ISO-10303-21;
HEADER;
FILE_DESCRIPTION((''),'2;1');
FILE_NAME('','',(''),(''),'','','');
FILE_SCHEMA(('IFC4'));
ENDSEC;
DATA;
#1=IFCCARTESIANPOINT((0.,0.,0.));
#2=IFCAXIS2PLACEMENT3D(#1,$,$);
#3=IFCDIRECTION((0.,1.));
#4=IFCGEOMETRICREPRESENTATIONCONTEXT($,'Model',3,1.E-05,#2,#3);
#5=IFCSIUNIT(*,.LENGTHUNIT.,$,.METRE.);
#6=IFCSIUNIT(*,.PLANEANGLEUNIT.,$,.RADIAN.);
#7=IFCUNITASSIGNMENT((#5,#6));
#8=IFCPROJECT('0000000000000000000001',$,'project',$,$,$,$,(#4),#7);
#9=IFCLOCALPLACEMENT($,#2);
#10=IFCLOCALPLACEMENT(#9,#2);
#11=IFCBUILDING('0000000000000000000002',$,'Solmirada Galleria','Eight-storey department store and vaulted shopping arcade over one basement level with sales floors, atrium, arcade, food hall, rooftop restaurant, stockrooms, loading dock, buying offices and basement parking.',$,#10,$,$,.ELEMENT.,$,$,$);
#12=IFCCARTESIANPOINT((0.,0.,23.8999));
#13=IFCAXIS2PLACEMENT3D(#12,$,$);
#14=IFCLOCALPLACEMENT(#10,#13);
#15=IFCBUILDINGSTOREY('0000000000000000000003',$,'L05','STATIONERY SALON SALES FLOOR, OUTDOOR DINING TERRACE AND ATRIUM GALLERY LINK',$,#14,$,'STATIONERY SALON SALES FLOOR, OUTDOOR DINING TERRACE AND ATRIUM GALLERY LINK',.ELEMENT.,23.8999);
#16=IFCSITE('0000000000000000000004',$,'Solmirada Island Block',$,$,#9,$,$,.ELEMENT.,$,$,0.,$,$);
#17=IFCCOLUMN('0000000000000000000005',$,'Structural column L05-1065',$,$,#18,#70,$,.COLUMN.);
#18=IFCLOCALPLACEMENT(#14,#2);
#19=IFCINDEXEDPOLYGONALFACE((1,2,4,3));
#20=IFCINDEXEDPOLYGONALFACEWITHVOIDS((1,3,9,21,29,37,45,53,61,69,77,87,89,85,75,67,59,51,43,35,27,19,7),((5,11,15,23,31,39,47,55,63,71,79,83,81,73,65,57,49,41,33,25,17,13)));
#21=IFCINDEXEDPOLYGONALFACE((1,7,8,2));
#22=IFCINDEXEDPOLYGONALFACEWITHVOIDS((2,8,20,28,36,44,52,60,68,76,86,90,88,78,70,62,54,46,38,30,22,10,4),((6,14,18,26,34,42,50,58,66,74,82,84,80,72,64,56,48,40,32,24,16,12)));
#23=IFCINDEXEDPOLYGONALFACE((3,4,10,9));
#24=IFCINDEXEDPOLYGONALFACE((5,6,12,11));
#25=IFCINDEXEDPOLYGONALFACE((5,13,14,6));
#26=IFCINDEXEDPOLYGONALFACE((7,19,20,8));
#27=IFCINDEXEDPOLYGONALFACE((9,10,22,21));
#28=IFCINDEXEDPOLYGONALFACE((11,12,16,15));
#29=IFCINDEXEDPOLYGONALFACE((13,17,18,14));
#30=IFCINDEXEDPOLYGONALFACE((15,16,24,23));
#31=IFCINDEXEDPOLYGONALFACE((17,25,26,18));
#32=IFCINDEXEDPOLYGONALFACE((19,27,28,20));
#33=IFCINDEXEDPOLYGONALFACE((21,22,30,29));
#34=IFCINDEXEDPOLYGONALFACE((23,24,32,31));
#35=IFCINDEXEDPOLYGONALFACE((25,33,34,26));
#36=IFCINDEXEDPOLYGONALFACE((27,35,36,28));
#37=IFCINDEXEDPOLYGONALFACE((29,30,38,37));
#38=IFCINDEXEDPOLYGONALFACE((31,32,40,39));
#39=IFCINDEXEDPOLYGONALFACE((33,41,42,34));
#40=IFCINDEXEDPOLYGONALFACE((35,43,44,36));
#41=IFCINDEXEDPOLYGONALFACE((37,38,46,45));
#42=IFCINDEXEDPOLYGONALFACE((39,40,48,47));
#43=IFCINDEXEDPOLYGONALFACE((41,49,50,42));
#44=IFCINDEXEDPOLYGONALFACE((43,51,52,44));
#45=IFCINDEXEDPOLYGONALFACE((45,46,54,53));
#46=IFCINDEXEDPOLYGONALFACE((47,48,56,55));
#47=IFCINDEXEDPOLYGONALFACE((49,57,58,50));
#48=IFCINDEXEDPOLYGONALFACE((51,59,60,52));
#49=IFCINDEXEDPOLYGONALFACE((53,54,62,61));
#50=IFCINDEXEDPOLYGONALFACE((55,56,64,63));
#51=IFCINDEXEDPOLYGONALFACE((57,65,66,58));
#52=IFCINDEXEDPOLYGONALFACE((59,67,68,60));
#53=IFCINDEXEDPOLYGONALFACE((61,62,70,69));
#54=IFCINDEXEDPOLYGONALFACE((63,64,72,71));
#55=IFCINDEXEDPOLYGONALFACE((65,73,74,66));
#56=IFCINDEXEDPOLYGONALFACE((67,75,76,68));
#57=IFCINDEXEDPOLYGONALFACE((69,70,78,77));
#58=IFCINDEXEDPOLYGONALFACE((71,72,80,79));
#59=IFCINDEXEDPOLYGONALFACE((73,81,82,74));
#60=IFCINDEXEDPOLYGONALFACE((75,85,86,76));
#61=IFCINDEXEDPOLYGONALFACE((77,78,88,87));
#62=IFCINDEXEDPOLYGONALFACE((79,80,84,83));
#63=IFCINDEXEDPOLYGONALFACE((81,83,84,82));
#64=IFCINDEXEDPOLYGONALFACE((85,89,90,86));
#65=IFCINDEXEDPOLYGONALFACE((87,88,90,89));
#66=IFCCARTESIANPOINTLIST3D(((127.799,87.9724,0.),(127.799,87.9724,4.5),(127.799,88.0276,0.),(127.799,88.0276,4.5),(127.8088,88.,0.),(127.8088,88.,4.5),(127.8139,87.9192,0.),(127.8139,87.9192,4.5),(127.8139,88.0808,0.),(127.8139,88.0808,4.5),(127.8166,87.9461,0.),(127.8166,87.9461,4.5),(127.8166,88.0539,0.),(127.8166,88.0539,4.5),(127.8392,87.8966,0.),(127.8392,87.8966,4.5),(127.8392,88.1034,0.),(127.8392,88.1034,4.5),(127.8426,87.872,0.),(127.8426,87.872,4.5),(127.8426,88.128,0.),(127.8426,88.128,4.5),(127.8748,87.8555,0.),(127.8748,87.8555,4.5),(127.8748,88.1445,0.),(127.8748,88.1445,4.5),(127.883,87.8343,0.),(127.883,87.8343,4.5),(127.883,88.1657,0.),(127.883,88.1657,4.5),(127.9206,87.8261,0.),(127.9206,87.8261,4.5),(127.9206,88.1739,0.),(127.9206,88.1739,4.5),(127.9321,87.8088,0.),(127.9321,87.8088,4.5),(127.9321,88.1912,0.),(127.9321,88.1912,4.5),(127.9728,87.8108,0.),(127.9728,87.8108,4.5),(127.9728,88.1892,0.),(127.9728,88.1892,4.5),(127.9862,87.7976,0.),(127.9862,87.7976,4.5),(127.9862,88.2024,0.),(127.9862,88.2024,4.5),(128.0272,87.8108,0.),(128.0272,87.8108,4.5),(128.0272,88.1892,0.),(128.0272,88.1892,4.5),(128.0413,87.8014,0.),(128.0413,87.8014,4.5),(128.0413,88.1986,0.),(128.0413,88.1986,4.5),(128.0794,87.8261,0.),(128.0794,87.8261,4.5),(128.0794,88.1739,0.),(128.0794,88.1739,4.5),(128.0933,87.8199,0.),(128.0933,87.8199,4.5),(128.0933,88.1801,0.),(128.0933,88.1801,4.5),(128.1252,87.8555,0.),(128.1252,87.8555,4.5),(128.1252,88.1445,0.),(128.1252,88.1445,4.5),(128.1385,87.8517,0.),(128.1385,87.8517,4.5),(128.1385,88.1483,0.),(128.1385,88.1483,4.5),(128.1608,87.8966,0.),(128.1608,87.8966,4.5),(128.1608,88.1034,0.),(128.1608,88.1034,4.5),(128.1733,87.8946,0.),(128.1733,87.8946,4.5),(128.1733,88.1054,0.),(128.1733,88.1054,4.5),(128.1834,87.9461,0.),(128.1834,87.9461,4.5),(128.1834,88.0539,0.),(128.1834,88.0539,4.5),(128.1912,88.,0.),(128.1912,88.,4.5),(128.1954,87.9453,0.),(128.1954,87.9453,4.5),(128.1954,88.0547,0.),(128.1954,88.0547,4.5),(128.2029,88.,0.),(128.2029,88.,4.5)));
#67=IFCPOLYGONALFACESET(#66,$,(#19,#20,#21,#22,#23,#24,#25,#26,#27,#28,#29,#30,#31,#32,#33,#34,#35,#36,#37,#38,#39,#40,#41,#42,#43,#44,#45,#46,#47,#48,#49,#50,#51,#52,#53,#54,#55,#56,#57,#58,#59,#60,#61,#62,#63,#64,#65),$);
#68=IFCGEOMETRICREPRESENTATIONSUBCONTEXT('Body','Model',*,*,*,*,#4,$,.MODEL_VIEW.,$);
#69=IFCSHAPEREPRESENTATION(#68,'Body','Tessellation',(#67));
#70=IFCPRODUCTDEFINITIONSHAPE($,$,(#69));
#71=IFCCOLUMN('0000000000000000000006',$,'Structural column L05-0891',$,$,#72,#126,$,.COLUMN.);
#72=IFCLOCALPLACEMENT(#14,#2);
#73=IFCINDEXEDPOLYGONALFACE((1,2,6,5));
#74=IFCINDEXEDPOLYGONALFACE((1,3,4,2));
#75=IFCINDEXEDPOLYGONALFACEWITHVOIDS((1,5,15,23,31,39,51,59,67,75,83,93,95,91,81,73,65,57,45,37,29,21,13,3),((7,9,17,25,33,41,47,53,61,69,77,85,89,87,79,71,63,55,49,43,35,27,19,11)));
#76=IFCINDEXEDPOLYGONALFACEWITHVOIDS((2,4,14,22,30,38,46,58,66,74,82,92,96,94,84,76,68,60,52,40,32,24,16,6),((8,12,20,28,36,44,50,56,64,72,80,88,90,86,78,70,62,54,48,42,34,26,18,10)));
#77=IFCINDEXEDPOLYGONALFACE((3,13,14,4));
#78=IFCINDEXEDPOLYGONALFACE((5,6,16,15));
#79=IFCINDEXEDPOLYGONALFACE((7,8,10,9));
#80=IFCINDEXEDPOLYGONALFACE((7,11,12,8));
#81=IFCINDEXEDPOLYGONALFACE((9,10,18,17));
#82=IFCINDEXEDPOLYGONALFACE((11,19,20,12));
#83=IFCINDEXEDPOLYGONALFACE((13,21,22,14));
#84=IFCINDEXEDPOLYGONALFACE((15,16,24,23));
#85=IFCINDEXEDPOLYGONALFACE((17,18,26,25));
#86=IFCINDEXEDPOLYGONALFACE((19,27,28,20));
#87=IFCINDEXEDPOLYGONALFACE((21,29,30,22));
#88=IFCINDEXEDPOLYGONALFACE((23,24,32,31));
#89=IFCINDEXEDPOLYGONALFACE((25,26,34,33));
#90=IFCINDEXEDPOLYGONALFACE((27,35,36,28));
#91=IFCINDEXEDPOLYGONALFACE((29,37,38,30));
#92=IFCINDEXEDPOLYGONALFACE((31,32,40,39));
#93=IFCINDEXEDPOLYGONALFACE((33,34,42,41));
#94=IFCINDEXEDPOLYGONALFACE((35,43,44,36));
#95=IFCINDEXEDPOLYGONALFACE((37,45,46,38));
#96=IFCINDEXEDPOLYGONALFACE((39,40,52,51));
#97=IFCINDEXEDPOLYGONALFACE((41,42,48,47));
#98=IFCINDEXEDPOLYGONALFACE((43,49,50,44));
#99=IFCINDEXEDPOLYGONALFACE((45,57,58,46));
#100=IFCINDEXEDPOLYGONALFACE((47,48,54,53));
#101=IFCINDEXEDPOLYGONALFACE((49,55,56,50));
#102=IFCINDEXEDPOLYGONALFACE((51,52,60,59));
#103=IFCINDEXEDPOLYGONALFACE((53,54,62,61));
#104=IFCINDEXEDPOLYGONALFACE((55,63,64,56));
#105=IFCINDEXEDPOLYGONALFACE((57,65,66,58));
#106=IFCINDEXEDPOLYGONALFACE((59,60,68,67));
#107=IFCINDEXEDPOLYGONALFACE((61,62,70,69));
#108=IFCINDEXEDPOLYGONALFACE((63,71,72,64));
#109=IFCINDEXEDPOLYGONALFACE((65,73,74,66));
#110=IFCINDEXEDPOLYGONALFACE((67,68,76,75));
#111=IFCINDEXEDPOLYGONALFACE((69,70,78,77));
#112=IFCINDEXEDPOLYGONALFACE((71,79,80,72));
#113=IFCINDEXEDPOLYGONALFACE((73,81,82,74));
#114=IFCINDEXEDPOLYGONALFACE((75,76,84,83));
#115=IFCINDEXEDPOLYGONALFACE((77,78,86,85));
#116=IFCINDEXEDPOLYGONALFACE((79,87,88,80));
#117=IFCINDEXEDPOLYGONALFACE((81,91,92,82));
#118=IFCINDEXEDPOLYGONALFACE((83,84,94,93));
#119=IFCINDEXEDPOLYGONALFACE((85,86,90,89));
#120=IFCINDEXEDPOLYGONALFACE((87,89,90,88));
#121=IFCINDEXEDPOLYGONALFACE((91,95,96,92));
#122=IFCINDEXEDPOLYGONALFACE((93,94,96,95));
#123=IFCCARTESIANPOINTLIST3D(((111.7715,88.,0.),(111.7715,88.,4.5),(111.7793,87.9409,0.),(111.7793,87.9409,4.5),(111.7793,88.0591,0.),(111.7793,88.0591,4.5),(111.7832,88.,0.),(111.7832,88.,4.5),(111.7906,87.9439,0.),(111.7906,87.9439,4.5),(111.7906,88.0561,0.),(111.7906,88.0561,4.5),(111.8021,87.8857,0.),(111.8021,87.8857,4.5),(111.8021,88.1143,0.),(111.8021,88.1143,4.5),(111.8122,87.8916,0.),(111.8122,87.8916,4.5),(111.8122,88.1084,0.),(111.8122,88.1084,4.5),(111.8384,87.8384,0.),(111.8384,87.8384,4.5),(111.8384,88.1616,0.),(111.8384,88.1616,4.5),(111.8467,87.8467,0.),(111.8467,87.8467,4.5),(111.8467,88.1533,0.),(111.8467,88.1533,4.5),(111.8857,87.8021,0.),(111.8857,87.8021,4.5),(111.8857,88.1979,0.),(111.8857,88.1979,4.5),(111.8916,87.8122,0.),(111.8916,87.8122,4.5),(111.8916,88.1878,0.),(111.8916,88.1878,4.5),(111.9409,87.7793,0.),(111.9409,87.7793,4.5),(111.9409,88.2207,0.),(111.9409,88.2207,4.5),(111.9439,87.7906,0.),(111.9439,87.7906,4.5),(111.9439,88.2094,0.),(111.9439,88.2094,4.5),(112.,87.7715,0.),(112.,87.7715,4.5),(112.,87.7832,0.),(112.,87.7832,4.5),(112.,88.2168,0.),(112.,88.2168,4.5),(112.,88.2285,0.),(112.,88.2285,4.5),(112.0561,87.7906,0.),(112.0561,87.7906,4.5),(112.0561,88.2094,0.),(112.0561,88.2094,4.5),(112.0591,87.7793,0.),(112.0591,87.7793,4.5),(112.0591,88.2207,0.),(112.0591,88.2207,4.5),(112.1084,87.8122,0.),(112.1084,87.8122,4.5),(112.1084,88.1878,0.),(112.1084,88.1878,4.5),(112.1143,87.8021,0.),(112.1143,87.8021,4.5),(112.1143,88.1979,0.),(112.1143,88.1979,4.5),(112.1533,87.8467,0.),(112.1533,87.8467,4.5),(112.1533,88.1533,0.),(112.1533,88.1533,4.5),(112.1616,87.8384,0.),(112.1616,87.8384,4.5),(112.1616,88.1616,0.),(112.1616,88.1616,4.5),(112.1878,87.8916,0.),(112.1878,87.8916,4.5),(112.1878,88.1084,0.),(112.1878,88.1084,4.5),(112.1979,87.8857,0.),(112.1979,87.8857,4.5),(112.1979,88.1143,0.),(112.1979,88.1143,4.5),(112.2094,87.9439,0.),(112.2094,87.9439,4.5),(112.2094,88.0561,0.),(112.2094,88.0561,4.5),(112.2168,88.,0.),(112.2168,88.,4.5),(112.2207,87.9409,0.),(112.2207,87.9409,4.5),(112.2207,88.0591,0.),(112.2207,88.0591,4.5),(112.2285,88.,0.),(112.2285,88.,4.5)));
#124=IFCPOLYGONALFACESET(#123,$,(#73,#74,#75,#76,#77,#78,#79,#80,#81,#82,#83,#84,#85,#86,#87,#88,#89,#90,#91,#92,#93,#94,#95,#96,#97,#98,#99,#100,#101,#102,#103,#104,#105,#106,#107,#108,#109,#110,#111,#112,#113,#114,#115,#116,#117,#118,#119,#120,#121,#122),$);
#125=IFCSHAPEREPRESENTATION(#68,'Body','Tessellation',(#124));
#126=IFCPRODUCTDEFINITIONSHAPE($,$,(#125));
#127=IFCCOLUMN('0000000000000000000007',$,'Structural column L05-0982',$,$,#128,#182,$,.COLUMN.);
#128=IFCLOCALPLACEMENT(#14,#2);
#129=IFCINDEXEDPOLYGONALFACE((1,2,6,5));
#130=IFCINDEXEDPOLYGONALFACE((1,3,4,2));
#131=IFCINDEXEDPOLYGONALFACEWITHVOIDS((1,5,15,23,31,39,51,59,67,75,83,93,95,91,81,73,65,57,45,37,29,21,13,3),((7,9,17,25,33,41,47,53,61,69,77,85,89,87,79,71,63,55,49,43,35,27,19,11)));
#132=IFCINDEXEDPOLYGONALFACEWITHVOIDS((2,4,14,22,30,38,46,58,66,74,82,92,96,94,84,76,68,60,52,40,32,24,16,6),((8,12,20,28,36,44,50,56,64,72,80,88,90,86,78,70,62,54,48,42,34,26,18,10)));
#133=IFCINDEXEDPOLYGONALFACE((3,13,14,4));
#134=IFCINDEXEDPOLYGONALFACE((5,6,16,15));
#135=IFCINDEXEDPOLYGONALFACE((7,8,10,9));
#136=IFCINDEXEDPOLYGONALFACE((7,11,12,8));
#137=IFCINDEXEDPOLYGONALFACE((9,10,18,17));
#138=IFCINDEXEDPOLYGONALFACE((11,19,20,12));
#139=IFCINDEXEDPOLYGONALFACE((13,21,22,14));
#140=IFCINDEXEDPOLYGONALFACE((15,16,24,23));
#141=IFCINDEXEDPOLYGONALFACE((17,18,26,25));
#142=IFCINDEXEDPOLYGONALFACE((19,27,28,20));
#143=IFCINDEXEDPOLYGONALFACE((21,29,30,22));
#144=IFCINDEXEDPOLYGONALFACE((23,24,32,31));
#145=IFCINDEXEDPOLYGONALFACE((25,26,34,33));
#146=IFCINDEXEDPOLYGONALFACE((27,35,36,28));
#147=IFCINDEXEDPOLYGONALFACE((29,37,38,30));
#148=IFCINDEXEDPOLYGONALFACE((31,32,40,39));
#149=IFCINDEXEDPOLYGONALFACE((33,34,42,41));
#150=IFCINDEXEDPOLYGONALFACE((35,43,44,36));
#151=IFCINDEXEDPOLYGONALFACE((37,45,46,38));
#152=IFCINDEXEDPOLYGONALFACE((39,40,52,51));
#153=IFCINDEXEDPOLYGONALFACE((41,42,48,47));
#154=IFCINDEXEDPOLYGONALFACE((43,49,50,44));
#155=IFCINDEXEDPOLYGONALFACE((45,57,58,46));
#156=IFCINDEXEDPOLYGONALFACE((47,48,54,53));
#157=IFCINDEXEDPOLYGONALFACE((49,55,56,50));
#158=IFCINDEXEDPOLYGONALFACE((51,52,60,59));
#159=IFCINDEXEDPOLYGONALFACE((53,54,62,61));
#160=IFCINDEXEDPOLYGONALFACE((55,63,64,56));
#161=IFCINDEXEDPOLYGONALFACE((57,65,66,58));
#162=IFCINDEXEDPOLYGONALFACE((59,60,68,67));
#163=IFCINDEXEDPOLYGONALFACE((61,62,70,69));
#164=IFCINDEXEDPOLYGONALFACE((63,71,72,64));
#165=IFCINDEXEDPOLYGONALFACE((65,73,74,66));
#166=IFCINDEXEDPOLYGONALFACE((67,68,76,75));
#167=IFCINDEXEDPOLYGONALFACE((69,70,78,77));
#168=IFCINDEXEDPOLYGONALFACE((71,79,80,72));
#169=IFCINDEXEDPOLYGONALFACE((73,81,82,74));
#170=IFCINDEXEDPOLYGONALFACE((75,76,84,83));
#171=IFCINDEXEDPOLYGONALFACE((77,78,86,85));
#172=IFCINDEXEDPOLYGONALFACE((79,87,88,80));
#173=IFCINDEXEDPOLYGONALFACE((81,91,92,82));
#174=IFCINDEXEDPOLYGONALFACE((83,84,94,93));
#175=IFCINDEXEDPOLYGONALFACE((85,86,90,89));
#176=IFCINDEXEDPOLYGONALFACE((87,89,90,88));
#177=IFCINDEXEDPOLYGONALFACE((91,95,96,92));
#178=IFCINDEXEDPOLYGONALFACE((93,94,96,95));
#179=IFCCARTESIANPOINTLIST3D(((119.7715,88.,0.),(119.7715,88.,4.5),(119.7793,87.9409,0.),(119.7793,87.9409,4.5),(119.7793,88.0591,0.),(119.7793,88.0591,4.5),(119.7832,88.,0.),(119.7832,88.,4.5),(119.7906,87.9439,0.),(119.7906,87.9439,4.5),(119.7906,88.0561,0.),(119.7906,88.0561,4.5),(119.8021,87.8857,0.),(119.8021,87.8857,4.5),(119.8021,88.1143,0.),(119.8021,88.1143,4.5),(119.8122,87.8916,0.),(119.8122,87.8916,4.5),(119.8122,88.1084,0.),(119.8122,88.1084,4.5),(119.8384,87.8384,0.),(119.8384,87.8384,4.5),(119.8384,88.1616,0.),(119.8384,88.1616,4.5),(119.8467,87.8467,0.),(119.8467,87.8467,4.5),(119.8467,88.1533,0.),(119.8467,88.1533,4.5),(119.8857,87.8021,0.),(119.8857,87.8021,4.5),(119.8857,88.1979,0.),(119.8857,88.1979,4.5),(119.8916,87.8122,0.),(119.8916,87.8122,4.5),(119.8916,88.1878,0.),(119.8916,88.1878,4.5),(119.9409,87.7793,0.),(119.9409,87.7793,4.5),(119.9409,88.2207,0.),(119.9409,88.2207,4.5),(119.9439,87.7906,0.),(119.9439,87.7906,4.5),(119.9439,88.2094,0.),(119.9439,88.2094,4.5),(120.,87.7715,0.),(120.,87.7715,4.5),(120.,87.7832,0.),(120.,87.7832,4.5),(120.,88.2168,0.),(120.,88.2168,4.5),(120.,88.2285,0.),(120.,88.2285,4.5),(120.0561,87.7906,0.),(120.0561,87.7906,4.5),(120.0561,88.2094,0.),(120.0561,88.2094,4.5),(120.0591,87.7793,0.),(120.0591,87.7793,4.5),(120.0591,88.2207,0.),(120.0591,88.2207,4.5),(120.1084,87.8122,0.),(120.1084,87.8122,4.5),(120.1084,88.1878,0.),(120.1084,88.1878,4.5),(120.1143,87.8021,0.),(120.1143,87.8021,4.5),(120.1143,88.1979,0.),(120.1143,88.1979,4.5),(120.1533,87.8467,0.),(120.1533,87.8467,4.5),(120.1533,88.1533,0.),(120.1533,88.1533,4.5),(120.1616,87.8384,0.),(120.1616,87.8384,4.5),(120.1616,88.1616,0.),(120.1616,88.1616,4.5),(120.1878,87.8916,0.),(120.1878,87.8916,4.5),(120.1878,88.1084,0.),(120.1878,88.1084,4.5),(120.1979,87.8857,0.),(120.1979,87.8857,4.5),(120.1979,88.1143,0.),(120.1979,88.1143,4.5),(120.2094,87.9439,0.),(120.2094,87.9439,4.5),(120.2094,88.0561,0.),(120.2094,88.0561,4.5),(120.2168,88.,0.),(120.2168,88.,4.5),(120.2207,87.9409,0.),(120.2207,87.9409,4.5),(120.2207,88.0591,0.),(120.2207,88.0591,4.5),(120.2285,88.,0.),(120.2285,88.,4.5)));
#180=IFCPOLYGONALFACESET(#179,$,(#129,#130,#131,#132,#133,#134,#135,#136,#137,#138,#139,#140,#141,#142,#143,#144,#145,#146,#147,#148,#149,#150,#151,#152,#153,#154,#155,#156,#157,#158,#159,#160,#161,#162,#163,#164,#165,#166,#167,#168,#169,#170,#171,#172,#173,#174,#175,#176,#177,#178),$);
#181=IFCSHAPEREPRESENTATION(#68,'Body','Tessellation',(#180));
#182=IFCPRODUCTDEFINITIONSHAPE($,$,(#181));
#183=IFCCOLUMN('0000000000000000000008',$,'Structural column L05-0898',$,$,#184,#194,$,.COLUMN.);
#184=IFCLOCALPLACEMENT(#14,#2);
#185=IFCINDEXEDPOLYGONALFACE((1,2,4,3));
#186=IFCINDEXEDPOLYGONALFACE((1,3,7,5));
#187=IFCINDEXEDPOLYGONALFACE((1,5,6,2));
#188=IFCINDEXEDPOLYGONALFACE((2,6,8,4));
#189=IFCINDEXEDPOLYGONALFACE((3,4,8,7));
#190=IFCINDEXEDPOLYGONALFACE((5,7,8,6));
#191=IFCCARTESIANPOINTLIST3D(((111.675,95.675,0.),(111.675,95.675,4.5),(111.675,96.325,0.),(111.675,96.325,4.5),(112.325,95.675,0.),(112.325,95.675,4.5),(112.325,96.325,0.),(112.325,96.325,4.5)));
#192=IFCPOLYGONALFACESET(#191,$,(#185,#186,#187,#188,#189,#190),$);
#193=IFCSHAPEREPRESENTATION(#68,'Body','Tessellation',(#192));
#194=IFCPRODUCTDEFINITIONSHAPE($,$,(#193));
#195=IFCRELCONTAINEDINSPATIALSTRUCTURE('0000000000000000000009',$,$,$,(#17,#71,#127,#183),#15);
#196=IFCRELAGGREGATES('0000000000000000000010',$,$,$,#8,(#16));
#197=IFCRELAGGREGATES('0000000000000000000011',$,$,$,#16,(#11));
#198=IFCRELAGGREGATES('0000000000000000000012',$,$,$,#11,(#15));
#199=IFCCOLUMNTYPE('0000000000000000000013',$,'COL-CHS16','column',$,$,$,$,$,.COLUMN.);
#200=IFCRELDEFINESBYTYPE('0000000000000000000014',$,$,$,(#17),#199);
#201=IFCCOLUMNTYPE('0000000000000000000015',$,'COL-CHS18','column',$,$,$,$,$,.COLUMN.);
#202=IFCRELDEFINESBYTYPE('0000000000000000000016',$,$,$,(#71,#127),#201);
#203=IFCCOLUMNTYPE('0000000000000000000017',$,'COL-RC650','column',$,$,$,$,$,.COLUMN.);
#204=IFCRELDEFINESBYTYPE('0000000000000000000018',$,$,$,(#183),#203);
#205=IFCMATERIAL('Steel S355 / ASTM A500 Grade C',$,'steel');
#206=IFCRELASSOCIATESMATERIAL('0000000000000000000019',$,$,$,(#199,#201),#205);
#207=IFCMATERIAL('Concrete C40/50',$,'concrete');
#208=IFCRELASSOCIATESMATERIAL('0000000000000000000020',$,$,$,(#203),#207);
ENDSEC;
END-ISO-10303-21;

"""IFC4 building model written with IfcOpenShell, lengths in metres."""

from ifc_helpers import new_model, si_unit, direction, frame, origin, origin_2d, place, context, subcontext, project, spatial, rectangle, hollow_circle, extrude, material, material_profile, profile_set, type_object, element, save


model = new_model("IFC4")

# Units and contexts
model_context = context("Model", 3, precision=1e-05, world=origin(), true_north=direction((0.0, 1.0)))
body_context = subcontext(model_context, "Body", "Model", "MODEL_VIEW")
ifc_project = project(units=[si_unit("LENGTHUNIT", "METRE"), si_unit("PLANEANGLEUNIT", "RADIAN")], contexts=[model_context])

# Site, building, storey
site_placement = place(None, origin())
site = spatial("IfcSite", under=ifc_project, at=site_placement, Name="Solmirada Island Block", CompositionType="ELEMENT", RefElevation=0.0)
building_placement = place(site_placement, origin())
building = spatial("IfcBuilding", under=site, at=building_placement, Name="Solmirada Galleria", Description="Eight-storey department store and vaulted shopping arcade over one basement level with sales floors, atrium, arcade, food hall, rooftop restaurant, stockrooms, loading dock, buying offices and basement parking.", CompositionType="ELEMENT")
storey_placement = place(building_placement, frame((0.0, 0.0, 23.8999)))
storey = spatial("IfcBuildingStorey", under=building, at=storey_placement, Name="L05", Description="STATIONERY SALON SALES FLOOR, OUTDOOR DINING TERRACE AND ATRIUM GALLERY LINK", LongName="STATIONERY SALON SALES FLOOR, OUTDOOR DINING TERRACE AND ATRIUM GALLERY LINK", CompositionType="ELEMENT", Elevation=23.8999)

# Columns
ifc_material_1 = material(Name="Steel S355 / ASTM A500 Grade C", Category="steel")
ifc_material_profile_1 = material_profile(ifc_material_1, hollow_circle(Radius=0.2029, WallThickness=0.0117, at=origin_2d()), Name="HSS16.000X0.500")
ifc_profile_set_1 = profile_set([ifc_material_profile_1], Name="Steel S355 / ASTM A500 Grade C")
column_type_1 = type_object("IfcColumnType", Name="COL-CHS16", Description="column", PredefinedType="COLUMN", material=ifc_profile_set_1)
column_1_placement = place(storey_placement, frame((128.0, 88.0, 0.0), z_axis=(0.0, 0.0, 1.0), x_axis=(1.0, 0.0, 0.0)))
element("IfcColumn", 1, at=column_1_placement, inside=storey, type_object=column_type_1, Name="Structural column L05-1065", PredefinedType="COLUMN", context=body_context, shape_type="SweptSolid", body=[
    extrude(hollow_circle(Radius=0.2029, WallThickness=0.0117, at=origin_2d()), origin(), (0.0, 0.0, 1.0), 4.5),
])
ifc_material_profile_2 = material_profile(ifc_material_1, hollow_circle(Radius=0.2285, WallThickness=0.0117, at=origin_2d()), Name="HSS18.000X0.500")
ifc_profile_set_2 = profile_set([ifc_material_profile_2], Name="Steel S355 / ASTM A500 Grade C")
column_type_2 = type_object("IfcColumnType", Name="COL-CHS18", Description="column", PredefinedType="COLUMN", material=ifc_profile_set_2)
for number, where, z_axis, x_axis, name in (
    (2, (112.0, 88.0, 0.0), (0.0, 0.0, 1.0), (1.0, 0.0, 0.0), "Structural column L05-0891"),
    (3, (120.0, 88.0, 0.0), (0.0, 0.0, 1.0), (1.0, 0.0, 0.0), "Structural column L05-0982"),
):
    element("IfcColumn", number, at=place(storey_placement, frame(where, z_axis=z_axis, x_axis=x_axis)), inside=storey, type_object=column_type_2, Name=name, PredefinedType="COLUMN", context=body_context, shape_type="SweptSolid", body=[
        extrude(hollow_circle(Radius=0.2285, WallThickness=0.0117, at=origin_2d()), origin(), (0.0, 0.0, 1.0), 4.5),
    ])
ifc_material_2 = material(Name="Concrete C40/50", Category="concrete")
ifc_material_profile_3 = material_profile(ifc_material_2, rectangle(XDim=0.6499, YDim=0.6499, at=origin_2d()), Name="RC650X650")
ifc_profile_set_3 = profile_set([ifc_material_profile_3], Name="Concrete C40/50")
column_type_3 = type_object("IfcColumnType", Name="COL-RC650", Description="column", PredefinedType="COLUMN", material=ifc_profile_set_3)
column_2_placement = place(storey_placement, frame((112.0, 96.0, 0.0), z_axis=(0.0, 0.0, 1.0), x_axis=(1.0, 0.0, 0.0)))
element("IfcColumn", 4, at=column_2_placement, inside=storey, type_object=column_type_3, Name="Structural column L05-0898", PredefinedType="COLUMN", context=body_context, shape_type="SweptSolid", body=[
    extrude(rectangle(XDim=0.6499, YDim=0.6499, at=origin_2d()), origin(), (0.0, 0.0, 1.0), 4.5),
])

save(model, "model.ifc")
